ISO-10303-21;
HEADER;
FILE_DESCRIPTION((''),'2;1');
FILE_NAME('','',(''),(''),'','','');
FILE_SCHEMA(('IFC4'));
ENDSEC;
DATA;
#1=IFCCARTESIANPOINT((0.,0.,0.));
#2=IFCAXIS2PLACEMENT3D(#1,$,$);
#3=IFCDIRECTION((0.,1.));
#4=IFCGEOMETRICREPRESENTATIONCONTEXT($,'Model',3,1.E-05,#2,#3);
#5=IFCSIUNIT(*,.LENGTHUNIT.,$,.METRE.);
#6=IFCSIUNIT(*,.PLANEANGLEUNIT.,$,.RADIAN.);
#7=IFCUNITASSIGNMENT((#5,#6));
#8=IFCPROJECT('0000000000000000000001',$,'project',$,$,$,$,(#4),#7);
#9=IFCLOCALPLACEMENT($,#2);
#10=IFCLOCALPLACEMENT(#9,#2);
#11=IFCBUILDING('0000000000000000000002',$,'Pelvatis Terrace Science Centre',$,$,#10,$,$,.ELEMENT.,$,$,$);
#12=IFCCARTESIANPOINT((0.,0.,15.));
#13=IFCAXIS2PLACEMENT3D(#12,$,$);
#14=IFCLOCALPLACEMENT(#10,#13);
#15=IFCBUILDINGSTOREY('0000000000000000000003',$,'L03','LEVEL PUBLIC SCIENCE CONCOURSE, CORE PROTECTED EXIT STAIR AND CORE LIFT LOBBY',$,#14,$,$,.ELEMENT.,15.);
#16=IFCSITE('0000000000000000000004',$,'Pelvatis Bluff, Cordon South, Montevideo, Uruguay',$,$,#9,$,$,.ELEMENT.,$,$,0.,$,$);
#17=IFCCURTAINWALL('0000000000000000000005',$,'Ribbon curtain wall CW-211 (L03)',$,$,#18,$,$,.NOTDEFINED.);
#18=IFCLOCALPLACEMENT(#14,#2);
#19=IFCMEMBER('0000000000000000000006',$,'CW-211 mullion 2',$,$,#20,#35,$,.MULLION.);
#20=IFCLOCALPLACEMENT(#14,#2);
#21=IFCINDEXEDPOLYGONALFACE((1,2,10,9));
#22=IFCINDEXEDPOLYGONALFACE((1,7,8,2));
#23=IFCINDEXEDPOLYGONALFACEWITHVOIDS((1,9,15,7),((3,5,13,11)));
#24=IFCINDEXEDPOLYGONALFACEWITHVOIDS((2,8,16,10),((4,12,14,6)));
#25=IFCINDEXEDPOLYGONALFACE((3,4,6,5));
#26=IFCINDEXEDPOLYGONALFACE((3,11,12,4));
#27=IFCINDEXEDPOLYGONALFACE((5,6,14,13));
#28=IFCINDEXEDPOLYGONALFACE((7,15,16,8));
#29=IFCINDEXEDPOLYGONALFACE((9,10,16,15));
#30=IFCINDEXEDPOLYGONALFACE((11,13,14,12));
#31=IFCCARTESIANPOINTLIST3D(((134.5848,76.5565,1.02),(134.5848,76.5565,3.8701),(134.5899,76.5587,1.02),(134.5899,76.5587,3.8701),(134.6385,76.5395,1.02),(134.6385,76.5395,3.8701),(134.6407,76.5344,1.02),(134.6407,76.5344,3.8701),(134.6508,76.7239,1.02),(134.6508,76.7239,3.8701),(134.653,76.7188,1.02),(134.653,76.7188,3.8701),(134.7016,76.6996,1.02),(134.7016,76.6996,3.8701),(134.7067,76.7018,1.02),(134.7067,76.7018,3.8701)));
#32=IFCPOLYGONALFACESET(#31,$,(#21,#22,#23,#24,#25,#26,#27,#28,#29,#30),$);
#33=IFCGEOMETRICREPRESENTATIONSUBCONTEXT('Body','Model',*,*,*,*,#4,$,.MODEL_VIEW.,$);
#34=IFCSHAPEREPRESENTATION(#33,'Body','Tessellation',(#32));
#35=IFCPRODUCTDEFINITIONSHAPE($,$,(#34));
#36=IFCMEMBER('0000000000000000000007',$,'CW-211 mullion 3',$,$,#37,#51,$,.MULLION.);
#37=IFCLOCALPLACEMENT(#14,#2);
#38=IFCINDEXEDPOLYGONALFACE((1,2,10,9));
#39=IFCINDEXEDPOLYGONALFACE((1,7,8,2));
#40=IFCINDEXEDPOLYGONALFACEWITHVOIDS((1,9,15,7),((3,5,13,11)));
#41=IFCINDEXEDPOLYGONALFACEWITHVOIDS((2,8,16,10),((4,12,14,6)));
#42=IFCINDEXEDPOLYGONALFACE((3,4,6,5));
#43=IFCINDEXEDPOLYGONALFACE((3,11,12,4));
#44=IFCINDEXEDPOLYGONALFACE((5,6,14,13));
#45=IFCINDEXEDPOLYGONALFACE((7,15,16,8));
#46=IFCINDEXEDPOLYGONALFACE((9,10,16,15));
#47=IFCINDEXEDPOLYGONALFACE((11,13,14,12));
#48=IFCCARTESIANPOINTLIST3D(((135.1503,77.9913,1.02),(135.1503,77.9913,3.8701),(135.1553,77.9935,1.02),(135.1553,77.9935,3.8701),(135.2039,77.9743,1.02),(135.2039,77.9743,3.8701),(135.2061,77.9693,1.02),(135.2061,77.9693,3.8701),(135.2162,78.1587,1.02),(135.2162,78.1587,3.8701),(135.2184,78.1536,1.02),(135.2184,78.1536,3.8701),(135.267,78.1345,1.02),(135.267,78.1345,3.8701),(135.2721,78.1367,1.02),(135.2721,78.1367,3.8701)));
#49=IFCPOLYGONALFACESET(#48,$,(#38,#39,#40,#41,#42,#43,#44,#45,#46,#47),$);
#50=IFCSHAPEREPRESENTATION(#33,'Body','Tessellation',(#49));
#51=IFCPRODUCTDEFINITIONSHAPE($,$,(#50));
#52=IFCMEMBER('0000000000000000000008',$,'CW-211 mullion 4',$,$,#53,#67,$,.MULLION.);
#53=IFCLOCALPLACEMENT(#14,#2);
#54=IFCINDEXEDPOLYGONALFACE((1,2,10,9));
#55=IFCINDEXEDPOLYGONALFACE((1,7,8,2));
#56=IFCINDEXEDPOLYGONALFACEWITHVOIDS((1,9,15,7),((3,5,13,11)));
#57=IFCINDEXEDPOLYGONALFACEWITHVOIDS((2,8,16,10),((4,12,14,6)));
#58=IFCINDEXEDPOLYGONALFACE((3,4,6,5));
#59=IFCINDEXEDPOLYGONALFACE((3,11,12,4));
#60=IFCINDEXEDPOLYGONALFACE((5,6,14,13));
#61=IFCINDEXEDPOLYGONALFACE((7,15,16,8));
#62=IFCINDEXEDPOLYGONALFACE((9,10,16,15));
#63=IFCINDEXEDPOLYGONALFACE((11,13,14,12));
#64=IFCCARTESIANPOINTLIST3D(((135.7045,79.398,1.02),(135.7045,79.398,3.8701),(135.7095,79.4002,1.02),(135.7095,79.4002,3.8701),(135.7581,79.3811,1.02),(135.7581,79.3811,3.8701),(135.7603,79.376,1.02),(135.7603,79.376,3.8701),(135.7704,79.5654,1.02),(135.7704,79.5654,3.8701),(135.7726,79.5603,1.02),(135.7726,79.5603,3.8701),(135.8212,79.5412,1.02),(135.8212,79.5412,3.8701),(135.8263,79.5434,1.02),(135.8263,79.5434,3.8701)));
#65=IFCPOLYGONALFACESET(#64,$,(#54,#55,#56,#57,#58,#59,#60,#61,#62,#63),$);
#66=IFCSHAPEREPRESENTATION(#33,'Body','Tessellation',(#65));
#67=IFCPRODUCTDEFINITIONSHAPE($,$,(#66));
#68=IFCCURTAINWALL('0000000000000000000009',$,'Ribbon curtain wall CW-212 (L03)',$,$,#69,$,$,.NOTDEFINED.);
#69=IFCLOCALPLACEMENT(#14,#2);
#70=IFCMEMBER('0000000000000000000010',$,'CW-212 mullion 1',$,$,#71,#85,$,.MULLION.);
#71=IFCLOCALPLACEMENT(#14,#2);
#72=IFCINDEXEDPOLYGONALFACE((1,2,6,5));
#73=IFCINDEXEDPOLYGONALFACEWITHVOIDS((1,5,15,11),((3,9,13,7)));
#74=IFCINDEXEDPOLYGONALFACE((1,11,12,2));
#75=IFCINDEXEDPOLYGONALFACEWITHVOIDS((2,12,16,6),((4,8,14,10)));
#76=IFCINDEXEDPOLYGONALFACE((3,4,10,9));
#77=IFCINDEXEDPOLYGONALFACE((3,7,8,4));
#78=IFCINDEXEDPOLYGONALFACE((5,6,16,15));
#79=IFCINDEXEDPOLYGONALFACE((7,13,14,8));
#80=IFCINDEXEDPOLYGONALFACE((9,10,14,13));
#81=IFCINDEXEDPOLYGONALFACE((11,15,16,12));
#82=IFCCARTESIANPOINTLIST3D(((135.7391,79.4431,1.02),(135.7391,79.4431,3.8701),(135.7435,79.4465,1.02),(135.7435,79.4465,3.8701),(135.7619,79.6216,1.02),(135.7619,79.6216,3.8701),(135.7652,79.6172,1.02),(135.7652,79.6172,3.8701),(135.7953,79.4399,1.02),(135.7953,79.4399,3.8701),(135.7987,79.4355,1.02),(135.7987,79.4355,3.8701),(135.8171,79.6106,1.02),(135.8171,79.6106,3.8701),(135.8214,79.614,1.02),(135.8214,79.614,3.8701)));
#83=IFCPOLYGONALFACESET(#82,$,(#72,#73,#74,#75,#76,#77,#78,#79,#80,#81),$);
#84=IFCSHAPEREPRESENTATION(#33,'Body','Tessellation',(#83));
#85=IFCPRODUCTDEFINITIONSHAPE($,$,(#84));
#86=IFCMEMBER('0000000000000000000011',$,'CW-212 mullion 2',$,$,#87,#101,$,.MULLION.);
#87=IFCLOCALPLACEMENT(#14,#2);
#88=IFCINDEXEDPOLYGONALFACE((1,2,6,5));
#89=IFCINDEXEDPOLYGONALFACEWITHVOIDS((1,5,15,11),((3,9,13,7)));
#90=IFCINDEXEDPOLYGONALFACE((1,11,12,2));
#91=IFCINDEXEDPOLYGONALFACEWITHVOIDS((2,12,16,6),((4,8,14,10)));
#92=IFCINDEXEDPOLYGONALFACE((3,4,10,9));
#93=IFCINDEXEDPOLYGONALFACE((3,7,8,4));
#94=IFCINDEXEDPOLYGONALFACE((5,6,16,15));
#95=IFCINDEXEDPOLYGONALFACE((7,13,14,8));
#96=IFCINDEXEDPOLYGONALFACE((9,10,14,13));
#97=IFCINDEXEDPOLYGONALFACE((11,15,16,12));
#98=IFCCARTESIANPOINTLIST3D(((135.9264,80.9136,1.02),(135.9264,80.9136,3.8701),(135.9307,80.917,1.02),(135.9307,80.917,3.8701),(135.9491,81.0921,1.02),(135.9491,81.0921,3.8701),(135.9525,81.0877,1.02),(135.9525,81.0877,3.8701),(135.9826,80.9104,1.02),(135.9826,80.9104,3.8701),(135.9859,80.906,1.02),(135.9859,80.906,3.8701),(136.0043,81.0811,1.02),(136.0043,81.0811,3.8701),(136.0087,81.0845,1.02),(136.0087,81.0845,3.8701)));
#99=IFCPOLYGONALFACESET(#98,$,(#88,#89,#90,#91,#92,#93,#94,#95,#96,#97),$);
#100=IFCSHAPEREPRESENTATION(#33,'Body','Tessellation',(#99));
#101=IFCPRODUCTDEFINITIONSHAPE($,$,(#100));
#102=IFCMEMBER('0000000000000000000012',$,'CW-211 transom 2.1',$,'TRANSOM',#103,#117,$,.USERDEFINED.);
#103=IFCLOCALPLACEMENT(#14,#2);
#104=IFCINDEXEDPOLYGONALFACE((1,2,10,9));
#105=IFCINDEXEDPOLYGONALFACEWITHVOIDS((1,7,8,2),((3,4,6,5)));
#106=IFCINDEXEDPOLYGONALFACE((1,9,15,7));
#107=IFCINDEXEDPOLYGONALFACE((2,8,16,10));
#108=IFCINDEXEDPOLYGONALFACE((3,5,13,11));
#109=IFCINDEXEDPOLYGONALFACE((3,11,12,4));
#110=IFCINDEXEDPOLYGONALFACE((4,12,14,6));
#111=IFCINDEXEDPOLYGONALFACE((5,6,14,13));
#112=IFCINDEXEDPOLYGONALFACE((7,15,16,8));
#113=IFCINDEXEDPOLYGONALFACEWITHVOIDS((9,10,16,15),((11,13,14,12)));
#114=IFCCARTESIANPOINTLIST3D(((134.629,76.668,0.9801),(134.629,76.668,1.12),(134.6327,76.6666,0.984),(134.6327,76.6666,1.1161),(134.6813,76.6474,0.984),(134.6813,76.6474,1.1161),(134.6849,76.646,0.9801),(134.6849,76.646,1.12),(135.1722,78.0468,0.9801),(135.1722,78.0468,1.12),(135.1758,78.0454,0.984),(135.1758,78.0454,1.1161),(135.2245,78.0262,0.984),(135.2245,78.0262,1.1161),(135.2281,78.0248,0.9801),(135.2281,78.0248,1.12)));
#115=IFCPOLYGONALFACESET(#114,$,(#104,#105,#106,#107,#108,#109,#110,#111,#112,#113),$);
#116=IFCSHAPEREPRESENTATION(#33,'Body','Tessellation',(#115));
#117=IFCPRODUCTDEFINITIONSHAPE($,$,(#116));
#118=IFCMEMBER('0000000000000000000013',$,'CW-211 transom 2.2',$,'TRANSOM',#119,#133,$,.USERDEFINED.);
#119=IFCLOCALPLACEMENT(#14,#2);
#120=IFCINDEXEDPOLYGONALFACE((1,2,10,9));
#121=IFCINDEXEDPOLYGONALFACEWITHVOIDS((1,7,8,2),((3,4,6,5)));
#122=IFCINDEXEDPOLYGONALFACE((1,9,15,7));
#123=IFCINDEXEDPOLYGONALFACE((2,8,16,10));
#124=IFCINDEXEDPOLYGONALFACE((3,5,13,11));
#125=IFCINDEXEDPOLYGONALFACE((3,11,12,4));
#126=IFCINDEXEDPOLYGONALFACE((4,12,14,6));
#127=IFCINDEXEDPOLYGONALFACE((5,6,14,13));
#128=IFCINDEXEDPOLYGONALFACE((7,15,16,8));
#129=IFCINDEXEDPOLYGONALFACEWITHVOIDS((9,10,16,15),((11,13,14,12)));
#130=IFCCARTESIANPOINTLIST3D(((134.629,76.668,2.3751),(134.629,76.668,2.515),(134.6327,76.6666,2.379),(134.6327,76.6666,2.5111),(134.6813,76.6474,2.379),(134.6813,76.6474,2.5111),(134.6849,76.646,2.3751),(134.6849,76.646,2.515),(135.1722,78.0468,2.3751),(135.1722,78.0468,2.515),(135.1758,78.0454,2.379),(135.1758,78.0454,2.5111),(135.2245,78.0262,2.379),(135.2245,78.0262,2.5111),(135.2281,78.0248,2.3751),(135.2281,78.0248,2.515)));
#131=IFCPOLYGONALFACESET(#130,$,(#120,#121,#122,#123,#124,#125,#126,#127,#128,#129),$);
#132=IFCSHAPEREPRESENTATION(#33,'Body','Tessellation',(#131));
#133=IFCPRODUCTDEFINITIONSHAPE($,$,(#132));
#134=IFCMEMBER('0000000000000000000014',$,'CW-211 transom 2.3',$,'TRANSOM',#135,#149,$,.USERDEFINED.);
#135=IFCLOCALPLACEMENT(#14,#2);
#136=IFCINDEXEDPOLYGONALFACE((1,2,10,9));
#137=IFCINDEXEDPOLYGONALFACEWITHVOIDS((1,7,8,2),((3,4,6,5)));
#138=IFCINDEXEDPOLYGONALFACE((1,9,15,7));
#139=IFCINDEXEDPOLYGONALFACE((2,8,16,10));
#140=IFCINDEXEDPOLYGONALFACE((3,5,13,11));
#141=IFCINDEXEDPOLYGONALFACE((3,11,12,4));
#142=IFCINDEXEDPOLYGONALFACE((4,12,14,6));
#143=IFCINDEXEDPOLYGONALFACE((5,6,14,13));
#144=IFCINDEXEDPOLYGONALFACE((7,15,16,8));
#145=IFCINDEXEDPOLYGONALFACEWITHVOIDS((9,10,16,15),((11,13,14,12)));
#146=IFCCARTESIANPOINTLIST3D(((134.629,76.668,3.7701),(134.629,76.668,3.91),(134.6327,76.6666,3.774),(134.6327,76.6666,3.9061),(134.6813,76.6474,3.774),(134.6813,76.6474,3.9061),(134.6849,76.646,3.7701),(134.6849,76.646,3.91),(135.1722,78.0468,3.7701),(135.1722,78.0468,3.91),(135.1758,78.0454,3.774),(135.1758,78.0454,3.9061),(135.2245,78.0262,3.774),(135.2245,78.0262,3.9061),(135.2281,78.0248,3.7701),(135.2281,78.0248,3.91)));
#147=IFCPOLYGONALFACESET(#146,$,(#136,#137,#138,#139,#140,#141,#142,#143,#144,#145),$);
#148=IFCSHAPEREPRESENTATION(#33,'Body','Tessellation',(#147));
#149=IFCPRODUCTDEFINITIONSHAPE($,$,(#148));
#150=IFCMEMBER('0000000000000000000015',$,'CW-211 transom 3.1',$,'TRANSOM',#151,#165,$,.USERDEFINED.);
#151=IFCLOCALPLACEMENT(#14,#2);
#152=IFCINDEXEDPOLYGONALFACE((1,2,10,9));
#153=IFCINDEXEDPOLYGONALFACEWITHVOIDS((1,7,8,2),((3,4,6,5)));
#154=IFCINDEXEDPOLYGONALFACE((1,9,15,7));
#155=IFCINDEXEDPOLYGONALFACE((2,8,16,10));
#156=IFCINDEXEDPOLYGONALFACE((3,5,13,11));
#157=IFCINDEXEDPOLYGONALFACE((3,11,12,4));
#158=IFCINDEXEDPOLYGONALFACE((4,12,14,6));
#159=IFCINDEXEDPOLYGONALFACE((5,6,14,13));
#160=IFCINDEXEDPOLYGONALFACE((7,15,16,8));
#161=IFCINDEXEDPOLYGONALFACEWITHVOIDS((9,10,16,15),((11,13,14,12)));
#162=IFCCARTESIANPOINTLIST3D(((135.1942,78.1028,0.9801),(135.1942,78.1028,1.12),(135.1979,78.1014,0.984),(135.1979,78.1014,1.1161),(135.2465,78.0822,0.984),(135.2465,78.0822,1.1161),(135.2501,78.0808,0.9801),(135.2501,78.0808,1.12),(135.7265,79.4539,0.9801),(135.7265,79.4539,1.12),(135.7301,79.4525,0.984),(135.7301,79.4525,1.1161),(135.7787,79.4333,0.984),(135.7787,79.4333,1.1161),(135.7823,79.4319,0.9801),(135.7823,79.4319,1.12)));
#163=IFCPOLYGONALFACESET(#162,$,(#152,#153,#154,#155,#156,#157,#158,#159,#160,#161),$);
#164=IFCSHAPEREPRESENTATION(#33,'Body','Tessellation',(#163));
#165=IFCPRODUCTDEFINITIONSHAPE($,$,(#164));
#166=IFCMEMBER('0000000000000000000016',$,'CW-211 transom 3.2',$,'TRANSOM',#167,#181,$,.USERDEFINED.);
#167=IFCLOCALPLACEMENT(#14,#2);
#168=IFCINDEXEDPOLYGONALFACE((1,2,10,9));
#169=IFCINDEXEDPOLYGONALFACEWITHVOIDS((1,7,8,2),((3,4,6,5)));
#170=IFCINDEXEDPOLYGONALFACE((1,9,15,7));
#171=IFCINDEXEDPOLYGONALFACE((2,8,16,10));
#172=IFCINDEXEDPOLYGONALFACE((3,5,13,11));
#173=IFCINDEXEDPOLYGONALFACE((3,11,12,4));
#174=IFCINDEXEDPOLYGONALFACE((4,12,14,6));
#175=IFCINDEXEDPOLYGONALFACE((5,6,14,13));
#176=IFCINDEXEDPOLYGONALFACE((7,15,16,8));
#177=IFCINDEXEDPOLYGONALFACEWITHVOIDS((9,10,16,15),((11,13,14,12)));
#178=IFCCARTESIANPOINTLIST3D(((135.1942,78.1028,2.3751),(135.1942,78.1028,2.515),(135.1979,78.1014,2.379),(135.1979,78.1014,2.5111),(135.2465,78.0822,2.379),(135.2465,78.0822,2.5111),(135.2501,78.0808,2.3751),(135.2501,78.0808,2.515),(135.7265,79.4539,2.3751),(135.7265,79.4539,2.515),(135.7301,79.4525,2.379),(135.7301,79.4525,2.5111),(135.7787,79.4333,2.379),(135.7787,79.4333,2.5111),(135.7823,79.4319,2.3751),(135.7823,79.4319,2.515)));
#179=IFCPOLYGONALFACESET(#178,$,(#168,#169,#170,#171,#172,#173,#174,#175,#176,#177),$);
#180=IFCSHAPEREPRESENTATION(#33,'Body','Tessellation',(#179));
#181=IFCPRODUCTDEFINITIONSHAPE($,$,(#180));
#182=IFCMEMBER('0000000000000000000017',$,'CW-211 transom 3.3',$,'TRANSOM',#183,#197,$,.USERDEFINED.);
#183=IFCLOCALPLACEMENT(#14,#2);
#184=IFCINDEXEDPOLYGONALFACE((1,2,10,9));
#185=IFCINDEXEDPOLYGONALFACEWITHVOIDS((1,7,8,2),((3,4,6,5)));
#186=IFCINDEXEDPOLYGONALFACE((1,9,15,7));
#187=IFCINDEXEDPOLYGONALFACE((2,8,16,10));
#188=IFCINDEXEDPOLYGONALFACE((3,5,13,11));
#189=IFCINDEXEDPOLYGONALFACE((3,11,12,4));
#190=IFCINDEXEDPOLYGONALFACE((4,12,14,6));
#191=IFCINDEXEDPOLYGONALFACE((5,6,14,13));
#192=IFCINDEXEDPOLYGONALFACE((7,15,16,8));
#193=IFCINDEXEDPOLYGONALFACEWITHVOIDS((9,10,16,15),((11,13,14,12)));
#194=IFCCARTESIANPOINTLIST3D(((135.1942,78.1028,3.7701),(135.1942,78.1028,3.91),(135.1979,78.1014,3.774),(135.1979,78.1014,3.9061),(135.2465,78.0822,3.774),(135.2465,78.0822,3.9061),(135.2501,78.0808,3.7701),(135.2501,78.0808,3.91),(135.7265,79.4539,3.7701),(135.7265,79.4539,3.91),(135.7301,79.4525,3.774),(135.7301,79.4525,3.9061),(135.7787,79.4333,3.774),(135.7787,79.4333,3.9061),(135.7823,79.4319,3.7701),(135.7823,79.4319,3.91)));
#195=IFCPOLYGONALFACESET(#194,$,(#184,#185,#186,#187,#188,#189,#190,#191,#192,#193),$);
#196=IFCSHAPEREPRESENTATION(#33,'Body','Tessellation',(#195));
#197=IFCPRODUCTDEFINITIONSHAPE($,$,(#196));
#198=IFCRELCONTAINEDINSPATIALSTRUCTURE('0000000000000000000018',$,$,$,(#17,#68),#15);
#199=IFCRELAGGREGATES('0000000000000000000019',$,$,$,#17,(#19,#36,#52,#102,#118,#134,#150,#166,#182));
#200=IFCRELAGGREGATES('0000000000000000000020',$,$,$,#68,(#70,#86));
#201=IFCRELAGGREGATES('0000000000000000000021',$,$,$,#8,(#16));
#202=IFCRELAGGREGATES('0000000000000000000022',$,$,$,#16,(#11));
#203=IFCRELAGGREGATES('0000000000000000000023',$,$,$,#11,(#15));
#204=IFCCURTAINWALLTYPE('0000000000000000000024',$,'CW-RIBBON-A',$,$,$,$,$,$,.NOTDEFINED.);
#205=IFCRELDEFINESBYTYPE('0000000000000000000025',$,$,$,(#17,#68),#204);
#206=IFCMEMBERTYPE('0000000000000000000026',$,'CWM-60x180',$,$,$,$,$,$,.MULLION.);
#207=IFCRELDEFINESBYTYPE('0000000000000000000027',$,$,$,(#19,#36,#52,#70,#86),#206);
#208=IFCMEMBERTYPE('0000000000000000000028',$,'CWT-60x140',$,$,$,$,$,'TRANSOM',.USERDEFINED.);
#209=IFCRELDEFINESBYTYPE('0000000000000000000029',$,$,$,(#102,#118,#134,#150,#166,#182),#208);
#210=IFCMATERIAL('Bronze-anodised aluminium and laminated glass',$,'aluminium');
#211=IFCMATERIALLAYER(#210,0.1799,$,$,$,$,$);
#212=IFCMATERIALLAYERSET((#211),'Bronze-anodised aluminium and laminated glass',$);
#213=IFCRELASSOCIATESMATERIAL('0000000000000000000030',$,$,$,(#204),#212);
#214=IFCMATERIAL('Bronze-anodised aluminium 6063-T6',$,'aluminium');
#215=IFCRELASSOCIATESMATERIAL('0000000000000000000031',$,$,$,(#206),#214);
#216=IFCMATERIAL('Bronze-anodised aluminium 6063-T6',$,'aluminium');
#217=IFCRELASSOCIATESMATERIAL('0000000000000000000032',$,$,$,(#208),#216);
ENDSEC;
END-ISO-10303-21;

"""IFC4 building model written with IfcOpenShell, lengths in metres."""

from ifc_helpers import new_model, si_unit, direction, frame, origin, origin_2d, place, context, subcontext, project, spatial, hollow_rectangle, extrude, material, layer, layer_set, material_profile, profile_set, type_object, element, aggregate, save


model = new_model("IFC4")

# Units and contexts
model_context = context("Model", 3, precision=1e-05, world=origin(), true_north=direction((0.0, 1.0)))
body_context = subcontext(model_context, "Body", "Model", "MODEL_VIEW")
ifc_project = project(units=[si_unit("LENGTHUNIT", "METRE"), si_unit("PLANEANGLEUNIT", "RADIAN")], contexts=[model_context])

# Site, building, storey
site_placement = place(None, origin())
site = spatial("IfcSite", under=ifc_project, at=site_placement, Name="Pelvatis Bluff, Cordon South, Montevideo, Uruguay", CompositionType="ELEMENT", RefElevation=0.0)
building_placement = place(site_placement, origin())
building = spatial("IfcBuilding", under=site, at=building_placement, Name="Pelvatis Terrace Science Centre", CompositionType="ELEMENT")
storey_placement = place(building_placement, frame((0.0, 0.0, 15.0)))
storey = spatial("IfcBuildingStorey", under=building, at=storey_placement, Name="L03", Description="LEVEL PUBLIC SCIENCE CONCOURSE, CORE PROTECTED EXIT STAIR AND CORE LIFT LOBBY", CompositionType="ELEMENT", Elevation=15.0)

# Curtain walls, members
ifc_material_1 = material(Name="Bronze-anodised aluminium and laminated glass", Category="aluminium")
ifc_layer_1 = layer(ifc_material_1, 0.1799)
ifc_layer_set_1 = layer_set([ifc_layer_1], Name="Bronze-anodised aluminium and laminated glass")
curtain_wall_type = type_object("IfcCurtainWallType", Name="CW-RIBBON-A", PredefinedType="NOTDEFINED", material=ifc_layer_set_1)
curtain_wall_1_placement = place(storey_placement, origin())
curtain_wall_1 = element("IfcCurtainWall", 1, at=curtain_wall_1_placement, inside=storey, type_object=curtain_wall_type, Name="Ribbon curtain wall CW-211 (L03)", PredefinedType="NOTDEFINED")
ifc_material_2 = material(Name="Bronze-anodised aluminium 6063-T6", Category="aluminium")
ifc_material_profile_1 = material_profile(ifc_material_2, hollow_rectangle(XDim=0.0601, YDim=0.1799, WallThickness=0.0039, at=origin_2d()), Name="ALU-MUL 60x180")
ifc_profile_set_1 = profile_set([ifc_material_profile_1], Name="Bronze-anodised aluminium 6063-T6")
member_type_1 = type_object("IfcMemberType", Name="CWM-60x180", PredefinedType="MULLION", material=ifc_profile_set_1)
member_1_placement = place(storey_placement, frame((134.6458, 76.6292, 1.02), z_axis=(0.0, 0.0, 1.0), x_axis=(-0.930402, 0.366541, 0.0)))
member_1 = element("IfcMember", 2, at=member_1_placement, type_object=member_type_1, Name="CW-211 mullion 2", PredefinedType="MULLION", context=body_context, shape_type="SweptSolid", body=[
    extrude(hollow_rectangle(XDim=0.0601, YDim=0.1799, WallThickness=0.0039, at=origin_2d()), origin(), (0.0, 0.0, 1.0), 2.8501),
])
member_2_placement = place(storey_placement, frame((135.2112, 78.064, 1.02), z_axis=(0.0, 0.0, 1.0), x_axis=(-0.930402, 0.366541, 0.0)))
member_2 = element("IfcMember", 3, at=member_2_placement, type_object=member_type_1, Name="CW-211 mullion 3", PredefinedType="MULLION", context=body_context, shape_type="SweptSolid", body=[
    extrude(hollow_rectangle(XDim=0.0601, YDim=0.1799, WallThickness=0.0039, at=origin_2d()), origin(), (0.0, 0.0, 1.0), 2.8501),
])
member_3_placement = place(storey_placement, frame((135.7654, 79.4707, 1.02), z_axis=(0.0, 0.0, 1.0), x_axis=(-0.930402, 0.366541, 0.0)))
member_3 = element("IfcMember", 4, at=member_3_placement, type_object=member_type_1, Name="CW-211 mullion 4", PredefinedType="MULLION", context=body_context, shape_type="SweptSolid", body=[
    extrude(hollow_rectangle(XDim=0.0601, YDim=0.1799, WallThickness=0.0039, at=origin_2d()), origin(), (0.0, 0.0, 1.0), 2.8501),
])
curtain_wall_2_placement = place(storey_placement, origin())
curtain_wall_2 = element("IfcCurtainWall", 5, at=curtain_wall_2_placement, inside=storey, type_object=curtain_wall_type, Name="Ribbon curtain wall CW-212 (L03)", PredefinedType="NOTDEFINED")
member_4_placement = place(storey_placement, frame((135.7803, 79.5286, 1.02), z_axis=(0.0, 0.0, 1.0), x_axis=(-0.991978, 0.126408, 0.0)))
member_4 = element("IfcMember", 6, at=member_4_placement, type_object=member_type_1, Name="CW-212 mullion 1", PredefinedType="MULLION", context=body_context, shape_type="SweptSolid", body=[
    extrude(hollow_rectangle(XDim=0.0601, YDim=0.1799, WallThickness=0.0039, at=origin_2d()), origin(), (0.0, 0.0, 1.0), 2.8501),
])
member_5_placement = place(storey_placement, frame((135.9675, 80.999, 1.02), z_axis=(0.0, 0.0, 1.0), x_axis=(-0.991978, 0.126408, 0.0)))
member_5 = element("IfcMember", 7, at=member_5_placement, type_object=member_type_1, Name="CW-212 mullion 2", PredefinedType="MULLION", context=body_context, shape_type="SweptSolid", body=[
    extrude(hollow_rectangle(XDim=0.0601, YDim=0.1799, WallThickness=0.0039, at=origin_2d()), origin(), (0.0, 0.0, 1.0), 2.8501),
])

# Members
ifc_material_3 = material(Name="Bronze-anodised aluminium 6063-T6", Category="aluminium")
ifc_material_profile_2 = material_profile(ifc_material_3, hollow_rectangle(XDim=0.0601, YDim=0.1399, WallThickness=0.0039, at=origin_2d()), Name="ALU-TRN 60x140")
ifc_profile_set_2 = profile_set([ifc_material_profile_2], Name="Bronze-anodised aluminium 6063-T6")
member_type_2 = type_object("IfcMemberType", Name="CWT-60x140", ElementType="TRANSOM", PredefinedType="USERDEFINED", material=ifc_profile_set_2)
member_6_placement = place(storey_placement, frame((134.657, 76.657, 1.05), z_axis=(0.366529, 0.930407, 0.0), x_axis=(-0.930407, 0.366529, 0.0)))
member_6 = element("IfcMember", 8, at=member_6_placement, type_object=member_type_2, Name="CW-211 transom 2.1", ObjectType="TRANSOM", PredefinedType="USERDEFINED", context=body_context, shape_type="SweptSolid", body=[
    extrude(hollow_rectangle(XDim=0.0601, YDim=0.1399, WallThickness=0.0039, at=origin_2d()), origin(), (0.0, 0.0, 1.0), 1.4819),
])
member_7_placement = place(storey_placement, frame((134.657, 76.657, 2.4451), z_axis=(0.366529, 0.930407, 0.0), x_axis=(-0.930407, 0.366529, 0.0)))
member_7 = element("IfcMember", 9, at=member_7_placement, type_object=member_type_2, Name="CW-211 transom 2.2", ObjectType="TRANSOM", PredefinedType="USERDEFINED", context=body_context, shape_type="SweptSolid", body=[
    extrude(hollow_rectangle(XDim=0.0601, YDim=0.1399, WallThickness=0.0039, at=origin_2d()), origin(), (0.0, 0.0, 1.0), 1.4819),
])
member_8_placement = place(storey_placement, frame((134.657, 76.657, 3.8401), z_axis=(0.366529, 0.930407, 0.0), x_axis=(-0.930407, 0.366529, 0.0)))
member_8 = element("IfcMember", 10, at=member_8_placement, type_object=member_type_2, Name="CW-211 transom 2.3", ObjectType="TRANSOM", PredefinedType="USERDEFINED", context=body_context, shape_type="SweptSolid", body=[
    extrude(hollow_rectangle(XDim=0.0601, YDim=0.1399, WallThickness=0.0039, at=origin_2d()), origin(), (0.0, 0.0, 1.0), 1.4819),
])
member_9_placement = place(storey_placement, frame((135.2222, 78.0918, 1.05), z_axis=(0.366516, 0.930412, 0.0), x_axis=(-0.930412, 0.366516, 0.0)))
member_9 = element("IfcMember", 11, at=member_9_placement, type_object=member_type_2, Name="CW-211 transom 3.1", ObjectType="TRANSOM", PredefinedType="USERDEFINED", context=body_context, shape_type="SweptSolid", body=[
    extrude(hollow_rectangle(XDim=0.0601, YDim=0.1399, WallThickness=0.0039, at=origin_2d()), origin(), (0.0, 0.0, 1.0), 1.4521),
])
member_10_placement = place(storey_placement, frame((135.2222, 78.0918, 2.4451), z_axis=(0.366516, 0.930412, 0.0), x_axis=(-0.930412, 0.366516, 0.0)))
member_10 = element("IfcMember", 12, at=member_10_placement, type_object=member_type_2, Name="CW-211 transom 3.2", ObjectType="TRANSOM", PredefinedType="USERDEFINED", context=body_context, shape_type="SweptSolid", body=[
    extrude(hollow_rectangle(XDim=0.0601, YDim=0.1399, WallThickness=0.0039, at=origin_2d()), origin(), (0.0, 0.0, 1.0), 1.4521),
])
member_11_placement = place(storey_placement, frame((135.2222, 78.0918, 3.8401), z_axis=(0.366516, 0.930412, 0.0), x_axis=(-0.930412, 0.366516, 0.0)))
member_11 = element("IfcMember", 13, at=member_11_placement, type_object=member_type_2, Name="CW-211 transom 3.3", ObjectType="TRANSOM", PredefinedType="USERDEFINED", context=body_context, shape_type="SweptSolid", body=[
    extrude(hollow_rectangle(XDim=0.0601, YDim=0.1399, WallThickness=0.0039, at=origin_2d()), origin(), (0.0, 0.0, 1.0), 1.4521),
])

aggregate(curtain_wall_1, [member_1, member_2, member_3, member_6, member_7, member_8, member_9, member_10, member_11])
aggregate(curtain_wall_2, [member_4, member_5])

save(model, "model.ifc")
